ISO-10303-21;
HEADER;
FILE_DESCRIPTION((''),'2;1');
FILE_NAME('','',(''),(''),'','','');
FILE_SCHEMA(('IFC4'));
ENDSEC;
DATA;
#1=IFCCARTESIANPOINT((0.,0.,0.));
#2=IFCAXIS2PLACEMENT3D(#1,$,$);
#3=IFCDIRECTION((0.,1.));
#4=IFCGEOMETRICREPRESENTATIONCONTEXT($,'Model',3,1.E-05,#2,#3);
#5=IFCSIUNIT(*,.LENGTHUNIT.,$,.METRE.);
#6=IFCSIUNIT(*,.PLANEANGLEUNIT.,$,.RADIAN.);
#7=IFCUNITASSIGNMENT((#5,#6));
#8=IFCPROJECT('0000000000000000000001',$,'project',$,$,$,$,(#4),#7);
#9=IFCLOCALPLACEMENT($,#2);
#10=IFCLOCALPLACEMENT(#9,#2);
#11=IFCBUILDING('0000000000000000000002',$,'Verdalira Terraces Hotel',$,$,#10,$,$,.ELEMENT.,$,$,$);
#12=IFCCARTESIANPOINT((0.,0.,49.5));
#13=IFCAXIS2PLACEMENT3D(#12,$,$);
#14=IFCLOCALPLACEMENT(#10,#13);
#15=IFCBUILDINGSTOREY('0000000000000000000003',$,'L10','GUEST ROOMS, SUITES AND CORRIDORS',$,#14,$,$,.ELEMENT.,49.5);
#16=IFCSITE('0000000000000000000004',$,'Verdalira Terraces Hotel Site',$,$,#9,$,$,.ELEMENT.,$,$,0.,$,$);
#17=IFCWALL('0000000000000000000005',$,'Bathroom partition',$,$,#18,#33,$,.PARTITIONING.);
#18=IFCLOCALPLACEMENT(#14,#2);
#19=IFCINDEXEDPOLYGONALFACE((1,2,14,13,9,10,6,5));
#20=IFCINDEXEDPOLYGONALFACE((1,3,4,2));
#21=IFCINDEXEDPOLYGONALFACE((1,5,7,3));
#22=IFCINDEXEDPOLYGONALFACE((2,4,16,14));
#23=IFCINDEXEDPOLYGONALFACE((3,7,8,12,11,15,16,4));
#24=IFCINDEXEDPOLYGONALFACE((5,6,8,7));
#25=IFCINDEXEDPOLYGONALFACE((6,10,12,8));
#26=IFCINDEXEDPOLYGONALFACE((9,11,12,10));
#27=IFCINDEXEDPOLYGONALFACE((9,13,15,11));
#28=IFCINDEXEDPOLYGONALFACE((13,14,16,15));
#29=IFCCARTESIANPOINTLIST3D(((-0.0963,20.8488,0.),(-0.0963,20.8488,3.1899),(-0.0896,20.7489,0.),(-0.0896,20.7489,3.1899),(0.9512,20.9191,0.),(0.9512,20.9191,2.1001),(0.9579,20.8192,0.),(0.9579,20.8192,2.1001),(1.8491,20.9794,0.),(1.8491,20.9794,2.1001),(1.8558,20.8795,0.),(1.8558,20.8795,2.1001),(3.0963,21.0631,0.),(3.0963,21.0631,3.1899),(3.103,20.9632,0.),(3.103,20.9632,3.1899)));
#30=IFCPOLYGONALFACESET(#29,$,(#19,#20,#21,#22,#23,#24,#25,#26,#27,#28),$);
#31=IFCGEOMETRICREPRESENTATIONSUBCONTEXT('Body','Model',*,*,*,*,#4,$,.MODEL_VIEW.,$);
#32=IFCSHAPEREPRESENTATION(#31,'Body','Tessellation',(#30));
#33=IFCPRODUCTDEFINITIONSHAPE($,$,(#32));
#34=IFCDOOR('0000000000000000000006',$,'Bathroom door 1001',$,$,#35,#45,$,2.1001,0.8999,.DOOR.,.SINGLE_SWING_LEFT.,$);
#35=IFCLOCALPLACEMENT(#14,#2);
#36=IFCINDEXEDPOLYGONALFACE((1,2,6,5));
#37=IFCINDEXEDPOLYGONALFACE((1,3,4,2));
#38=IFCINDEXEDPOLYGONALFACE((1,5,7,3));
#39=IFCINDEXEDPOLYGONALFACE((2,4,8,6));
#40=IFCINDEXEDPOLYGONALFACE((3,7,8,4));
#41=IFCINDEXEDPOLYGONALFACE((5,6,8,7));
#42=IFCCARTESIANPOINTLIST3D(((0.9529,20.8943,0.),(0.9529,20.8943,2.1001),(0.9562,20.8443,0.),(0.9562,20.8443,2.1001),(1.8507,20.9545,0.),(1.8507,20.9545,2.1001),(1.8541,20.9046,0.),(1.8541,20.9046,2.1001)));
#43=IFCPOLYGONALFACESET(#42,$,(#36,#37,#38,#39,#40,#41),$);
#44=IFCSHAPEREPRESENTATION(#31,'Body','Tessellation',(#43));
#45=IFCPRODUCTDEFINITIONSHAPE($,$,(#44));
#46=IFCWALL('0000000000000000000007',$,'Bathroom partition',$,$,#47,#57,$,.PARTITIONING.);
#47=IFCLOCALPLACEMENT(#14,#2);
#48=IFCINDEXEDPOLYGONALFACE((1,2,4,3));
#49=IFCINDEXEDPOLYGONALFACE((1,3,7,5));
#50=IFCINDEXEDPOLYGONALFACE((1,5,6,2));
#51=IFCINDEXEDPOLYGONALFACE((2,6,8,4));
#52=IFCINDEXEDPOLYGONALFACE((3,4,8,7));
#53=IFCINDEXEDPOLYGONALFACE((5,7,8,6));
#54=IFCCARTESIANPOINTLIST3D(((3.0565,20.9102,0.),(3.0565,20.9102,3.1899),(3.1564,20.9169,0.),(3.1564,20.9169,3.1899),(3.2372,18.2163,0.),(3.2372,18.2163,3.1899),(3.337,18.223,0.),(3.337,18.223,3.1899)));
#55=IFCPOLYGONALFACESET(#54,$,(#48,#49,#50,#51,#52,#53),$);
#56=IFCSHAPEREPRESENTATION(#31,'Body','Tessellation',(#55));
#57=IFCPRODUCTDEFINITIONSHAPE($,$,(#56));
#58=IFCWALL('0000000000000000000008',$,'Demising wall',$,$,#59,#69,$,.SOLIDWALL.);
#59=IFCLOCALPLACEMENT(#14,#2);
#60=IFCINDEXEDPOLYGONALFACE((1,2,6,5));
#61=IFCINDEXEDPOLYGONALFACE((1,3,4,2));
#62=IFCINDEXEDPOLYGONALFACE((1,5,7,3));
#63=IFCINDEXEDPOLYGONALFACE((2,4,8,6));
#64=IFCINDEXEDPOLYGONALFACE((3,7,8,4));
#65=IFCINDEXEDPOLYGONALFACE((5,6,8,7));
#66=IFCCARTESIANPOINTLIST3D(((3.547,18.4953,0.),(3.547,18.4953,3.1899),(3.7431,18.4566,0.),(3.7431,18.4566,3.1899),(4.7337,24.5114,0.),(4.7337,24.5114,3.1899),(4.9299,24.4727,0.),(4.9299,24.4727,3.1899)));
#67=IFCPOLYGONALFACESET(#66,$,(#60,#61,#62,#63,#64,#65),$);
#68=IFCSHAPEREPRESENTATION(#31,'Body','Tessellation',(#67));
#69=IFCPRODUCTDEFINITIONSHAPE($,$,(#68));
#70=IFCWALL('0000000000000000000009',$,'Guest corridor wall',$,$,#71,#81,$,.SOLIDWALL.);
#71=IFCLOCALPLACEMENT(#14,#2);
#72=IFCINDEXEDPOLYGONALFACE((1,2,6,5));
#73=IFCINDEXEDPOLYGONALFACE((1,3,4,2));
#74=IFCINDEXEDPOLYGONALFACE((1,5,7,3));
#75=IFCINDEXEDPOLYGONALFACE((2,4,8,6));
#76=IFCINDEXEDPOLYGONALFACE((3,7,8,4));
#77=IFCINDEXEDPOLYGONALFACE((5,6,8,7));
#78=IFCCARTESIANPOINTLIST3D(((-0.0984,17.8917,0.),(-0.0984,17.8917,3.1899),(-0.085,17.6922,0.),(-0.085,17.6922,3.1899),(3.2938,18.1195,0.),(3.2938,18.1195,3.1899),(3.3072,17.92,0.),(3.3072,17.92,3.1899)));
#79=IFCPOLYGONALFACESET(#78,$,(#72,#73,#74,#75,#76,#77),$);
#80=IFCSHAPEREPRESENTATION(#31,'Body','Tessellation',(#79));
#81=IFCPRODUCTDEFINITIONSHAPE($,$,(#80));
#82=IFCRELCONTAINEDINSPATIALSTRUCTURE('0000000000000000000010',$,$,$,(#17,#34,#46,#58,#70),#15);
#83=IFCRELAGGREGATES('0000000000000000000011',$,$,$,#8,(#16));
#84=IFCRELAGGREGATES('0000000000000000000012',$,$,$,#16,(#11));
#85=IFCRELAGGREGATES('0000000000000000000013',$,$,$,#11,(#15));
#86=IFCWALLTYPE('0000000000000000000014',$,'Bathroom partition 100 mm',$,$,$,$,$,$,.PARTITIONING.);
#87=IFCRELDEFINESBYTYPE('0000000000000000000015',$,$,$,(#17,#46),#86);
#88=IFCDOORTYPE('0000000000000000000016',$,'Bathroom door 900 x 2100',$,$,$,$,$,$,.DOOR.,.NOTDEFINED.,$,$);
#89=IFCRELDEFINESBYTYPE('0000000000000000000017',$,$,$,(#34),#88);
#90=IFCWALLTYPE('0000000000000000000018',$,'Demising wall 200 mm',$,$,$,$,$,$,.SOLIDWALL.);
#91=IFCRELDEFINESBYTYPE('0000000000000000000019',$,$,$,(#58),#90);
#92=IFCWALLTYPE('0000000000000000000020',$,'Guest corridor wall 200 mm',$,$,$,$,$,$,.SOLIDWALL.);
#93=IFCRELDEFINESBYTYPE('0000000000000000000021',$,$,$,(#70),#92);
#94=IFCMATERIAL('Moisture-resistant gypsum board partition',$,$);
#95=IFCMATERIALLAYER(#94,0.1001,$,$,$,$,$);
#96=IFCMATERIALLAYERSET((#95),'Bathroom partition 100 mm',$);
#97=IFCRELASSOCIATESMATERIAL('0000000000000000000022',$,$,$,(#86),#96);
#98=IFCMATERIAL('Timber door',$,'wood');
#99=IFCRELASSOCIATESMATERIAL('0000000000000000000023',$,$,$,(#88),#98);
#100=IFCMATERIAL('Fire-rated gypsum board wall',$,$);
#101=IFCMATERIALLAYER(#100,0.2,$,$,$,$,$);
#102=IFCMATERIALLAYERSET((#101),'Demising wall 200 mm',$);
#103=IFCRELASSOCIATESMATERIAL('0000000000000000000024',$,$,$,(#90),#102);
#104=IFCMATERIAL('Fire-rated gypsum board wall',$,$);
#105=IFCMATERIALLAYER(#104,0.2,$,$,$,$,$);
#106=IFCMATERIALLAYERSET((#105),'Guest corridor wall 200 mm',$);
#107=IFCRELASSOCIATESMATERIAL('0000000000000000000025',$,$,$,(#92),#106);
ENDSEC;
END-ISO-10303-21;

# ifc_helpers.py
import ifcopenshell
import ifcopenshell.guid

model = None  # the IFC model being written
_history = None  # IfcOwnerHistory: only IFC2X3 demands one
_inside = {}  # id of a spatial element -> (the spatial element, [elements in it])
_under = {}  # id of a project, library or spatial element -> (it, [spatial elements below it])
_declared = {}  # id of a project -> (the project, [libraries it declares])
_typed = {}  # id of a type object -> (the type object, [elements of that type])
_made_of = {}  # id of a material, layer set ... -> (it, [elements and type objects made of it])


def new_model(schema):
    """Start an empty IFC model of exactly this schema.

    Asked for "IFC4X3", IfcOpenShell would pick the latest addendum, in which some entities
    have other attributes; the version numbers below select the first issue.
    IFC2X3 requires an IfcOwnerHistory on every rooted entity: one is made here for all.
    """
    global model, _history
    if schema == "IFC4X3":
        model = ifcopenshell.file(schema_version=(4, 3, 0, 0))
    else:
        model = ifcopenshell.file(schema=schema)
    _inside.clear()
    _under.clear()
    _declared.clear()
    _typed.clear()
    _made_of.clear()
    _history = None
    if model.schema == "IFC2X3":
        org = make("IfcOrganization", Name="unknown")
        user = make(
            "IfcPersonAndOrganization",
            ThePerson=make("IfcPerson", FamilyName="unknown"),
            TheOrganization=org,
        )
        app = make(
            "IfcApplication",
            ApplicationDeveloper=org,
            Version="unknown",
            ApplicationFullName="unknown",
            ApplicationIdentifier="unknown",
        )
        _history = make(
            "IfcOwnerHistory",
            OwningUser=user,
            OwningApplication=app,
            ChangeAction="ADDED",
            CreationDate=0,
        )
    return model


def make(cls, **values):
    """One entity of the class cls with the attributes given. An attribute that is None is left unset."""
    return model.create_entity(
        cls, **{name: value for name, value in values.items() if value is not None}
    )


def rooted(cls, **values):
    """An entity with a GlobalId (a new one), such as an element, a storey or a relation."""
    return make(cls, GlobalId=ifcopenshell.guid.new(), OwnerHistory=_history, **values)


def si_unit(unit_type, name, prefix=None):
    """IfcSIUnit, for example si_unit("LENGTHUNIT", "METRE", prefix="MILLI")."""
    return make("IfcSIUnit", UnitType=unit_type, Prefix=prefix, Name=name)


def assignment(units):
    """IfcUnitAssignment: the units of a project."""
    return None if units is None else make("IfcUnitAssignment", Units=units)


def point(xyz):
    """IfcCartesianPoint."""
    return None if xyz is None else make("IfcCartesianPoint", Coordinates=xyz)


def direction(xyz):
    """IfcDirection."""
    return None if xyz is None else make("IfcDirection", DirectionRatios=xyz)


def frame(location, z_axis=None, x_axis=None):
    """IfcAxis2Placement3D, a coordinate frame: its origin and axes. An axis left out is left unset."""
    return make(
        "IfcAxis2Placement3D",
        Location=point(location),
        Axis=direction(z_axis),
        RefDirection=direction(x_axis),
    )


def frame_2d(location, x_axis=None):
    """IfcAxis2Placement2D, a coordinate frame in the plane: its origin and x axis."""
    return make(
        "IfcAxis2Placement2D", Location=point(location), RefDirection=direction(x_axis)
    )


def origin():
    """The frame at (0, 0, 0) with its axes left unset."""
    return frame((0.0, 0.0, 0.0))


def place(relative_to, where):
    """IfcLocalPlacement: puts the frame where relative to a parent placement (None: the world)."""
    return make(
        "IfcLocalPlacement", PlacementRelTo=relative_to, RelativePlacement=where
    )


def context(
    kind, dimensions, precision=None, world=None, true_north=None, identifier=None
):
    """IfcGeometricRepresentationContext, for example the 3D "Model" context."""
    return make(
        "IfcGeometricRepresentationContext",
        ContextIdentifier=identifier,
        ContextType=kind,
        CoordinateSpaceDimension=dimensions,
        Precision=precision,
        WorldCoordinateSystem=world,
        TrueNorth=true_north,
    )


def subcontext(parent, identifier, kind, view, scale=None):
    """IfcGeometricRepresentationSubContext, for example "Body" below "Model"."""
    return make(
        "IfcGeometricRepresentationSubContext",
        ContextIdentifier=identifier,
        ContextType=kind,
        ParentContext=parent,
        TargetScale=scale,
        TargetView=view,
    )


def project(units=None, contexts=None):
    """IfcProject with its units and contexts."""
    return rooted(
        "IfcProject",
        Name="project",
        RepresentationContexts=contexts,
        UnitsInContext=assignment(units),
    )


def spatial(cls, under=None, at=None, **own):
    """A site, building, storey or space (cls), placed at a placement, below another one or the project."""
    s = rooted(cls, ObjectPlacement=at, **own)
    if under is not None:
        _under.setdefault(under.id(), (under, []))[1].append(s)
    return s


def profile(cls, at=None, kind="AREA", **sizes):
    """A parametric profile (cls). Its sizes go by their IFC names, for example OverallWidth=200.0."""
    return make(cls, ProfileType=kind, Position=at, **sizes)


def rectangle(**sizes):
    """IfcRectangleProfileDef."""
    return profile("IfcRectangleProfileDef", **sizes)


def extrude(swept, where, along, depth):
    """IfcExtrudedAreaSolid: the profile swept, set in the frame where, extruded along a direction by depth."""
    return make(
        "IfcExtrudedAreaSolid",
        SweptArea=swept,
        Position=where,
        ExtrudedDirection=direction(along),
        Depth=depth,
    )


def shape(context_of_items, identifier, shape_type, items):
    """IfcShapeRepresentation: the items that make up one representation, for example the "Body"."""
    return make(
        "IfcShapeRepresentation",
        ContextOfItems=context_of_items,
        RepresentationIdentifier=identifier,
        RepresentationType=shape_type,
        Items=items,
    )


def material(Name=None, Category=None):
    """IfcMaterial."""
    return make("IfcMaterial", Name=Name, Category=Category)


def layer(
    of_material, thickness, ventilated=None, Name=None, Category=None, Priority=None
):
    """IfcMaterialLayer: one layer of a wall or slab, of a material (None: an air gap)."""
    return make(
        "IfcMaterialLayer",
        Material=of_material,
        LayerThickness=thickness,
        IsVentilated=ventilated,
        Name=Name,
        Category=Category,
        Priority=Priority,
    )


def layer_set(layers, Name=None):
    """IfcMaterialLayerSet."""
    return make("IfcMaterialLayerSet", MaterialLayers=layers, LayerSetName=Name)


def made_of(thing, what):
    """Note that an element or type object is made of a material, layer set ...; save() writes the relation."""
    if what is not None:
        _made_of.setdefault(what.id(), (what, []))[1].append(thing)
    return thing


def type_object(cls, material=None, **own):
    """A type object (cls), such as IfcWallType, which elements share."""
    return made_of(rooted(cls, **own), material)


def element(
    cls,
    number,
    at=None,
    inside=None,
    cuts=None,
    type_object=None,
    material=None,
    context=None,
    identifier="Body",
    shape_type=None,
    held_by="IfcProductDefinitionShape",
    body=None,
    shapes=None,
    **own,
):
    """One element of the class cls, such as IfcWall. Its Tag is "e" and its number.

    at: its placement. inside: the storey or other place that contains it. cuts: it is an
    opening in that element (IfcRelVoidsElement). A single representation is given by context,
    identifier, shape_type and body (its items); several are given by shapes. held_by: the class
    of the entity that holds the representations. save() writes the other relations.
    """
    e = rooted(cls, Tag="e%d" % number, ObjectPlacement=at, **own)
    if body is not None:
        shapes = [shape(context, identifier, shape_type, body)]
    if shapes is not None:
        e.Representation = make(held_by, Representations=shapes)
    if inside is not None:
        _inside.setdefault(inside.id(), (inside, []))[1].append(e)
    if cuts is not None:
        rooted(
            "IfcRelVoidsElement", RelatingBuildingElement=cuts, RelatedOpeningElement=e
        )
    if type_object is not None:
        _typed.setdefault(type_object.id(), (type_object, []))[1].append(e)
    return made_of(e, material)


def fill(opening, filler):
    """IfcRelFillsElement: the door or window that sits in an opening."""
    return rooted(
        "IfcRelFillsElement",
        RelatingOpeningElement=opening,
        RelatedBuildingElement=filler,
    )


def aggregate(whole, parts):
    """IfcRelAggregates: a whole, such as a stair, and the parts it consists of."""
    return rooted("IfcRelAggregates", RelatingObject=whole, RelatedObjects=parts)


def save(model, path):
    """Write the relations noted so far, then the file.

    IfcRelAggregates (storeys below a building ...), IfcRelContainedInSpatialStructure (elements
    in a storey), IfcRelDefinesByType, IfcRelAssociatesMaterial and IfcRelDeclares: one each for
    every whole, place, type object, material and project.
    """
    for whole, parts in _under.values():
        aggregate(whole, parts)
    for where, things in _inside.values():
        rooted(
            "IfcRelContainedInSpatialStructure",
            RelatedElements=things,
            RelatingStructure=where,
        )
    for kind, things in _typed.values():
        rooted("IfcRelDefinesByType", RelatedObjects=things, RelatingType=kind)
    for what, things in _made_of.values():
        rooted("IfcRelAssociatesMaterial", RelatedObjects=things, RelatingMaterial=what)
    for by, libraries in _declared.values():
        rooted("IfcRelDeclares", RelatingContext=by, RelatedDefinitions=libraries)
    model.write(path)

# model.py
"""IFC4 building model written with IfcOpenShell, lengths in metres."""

from ifc_helpers import new_model, si_unit, direction, frame, frame_2d, origin, place, context, subcontext, project, spatial, rectangle, extrude, material, layer, layer_set, type_object, element, fill, save


model = new_model("IFC4")

# Units and contexts
model_context = context("Model", 3, precision=1e-05, world=origin(), true_north=direction((0.0, 1.0)))
body_context = subcontext(model_context, "Body", "Model", "MODEL_VIEW")
ifc_project = project(units=[si_unit("LENGTHUNIT", "METRE"), si_unit("PLANEANGLEUNIT", "RADIAN")], contexts=[model_context])

# Site, building, storey
site_placement = place(None, origin())
site = spatial("IfcSite", under=ifc_project, at=site_placement, Name="Verdalira Terraces Hotel Site", CompositionType="ELEMENT", RefElevation=0.0)
building_placement = place(site_placement, origin())
building = spatial("IfcBuilding", under=site, at=building_placement, Name="Verdalira Terraces Hotel", CompositionType="ELEMENT")
storey_placement = place(building_placement, frame((0.0, 0.0, 49.5)))
storey = spatial("IfcBuildingStorey", under=building, at=storey_placement, Name="L10", Description="GUEST ROOMS, SUITES AND CORRIDORS", CompositionType="ELEMENT", Elevation=49.5)

# Wall, opening, door
ifc_material_1 = material(Name="Moisture-resistant gypsum board partition")
ifc_layer_1 = layer(ifc_material_1, 0.1001)
ifc_layer_set_1 = layer_set([ifc_layer_1], Name="Bathroom partition 100 mm")
wall_type_1 = type_object("IfcWallType", Name="Bathroom partition 100 mm", PredefinedType="PARTITIONING", material=ifc_layer_set_1)
wall_1_placement = place(storey_placement, frame((3.0996, 21.0132, 0.0), z_axis=(0.0, 0.0, 1.0), x_axis=(-0.997754, -0.06699, 0.0)))
wall_1 = element("IfcWall", 1, at=wall_1_placement, inside=storey, type_object=wall_type_1, Name="Bathroom partition", PredefinedType="PARTITIONING", context=body_context, shape_type="SweptSolid", body=[
    extrude(rectangle(XDim=3.1997, YDim=0.1001, at=frame_2d((1.5999, 0.0))), origin(), (0.0, 0.0, 1.0), 3.1899),
])
opening_1_placement = place(wall_1_placement, frame((1.25, 0.0, 0.0)))
opening_1 = element("IfcOpeningElement", 2, at=opening_1_placement, cuts=wall_1, PredefinedType="OPENING", context=body_context, shape_type="SweptSolid", body=[
    extrude(rectangle(XDim=0.8999, YDim=2.1001, at=frame_2d((0.45, 1.05))), frame((0.0, 0.0601, 0.0), z_axis=(0.0, -1.0, 0.0), x_axis=(1.0, 0.0, 0.0)), (0.0, 0.0, 1.0), 0.1201),
])
ifc_material_2 = material(Name="Timber door", Category="wood")
door_type_1 = type_object("IfcDoorType", Name="Bathroom door 900 x 2100", OperationType="NOTDEFINED", PredefinedType="DOOR", material=ifc_material_2)
door_1_placement = place(opening_1_placement, origin())
door_1 = element("IfcDoor", 3, at=door_1_placement, inside=storey, type_object=door_type_1, Name="Bathroom door 1001", OperationType="SINGLE_SWING_LEFT", OverallHeight=2.1001, OverallWidth=0.8999, PredefinedType="DOOR", context=body_context, shape_type="SweptSolid", body=[
    extrude(rectangle(XDim=0.8999, YDim=2.1001, at=frame_2d((0.45, 1.05))), frame((0.0, 0.0249, 0.0), z_axis=(0.0, -1.0, 0.0), x_axis=(1.0, 0.0, 0.0)), (0.0, 0.0, 1.0), 0.05),
])
fill(opening_1, door_1)

# Walls
wall_2_placement = place(storey_placement, frame((3.2871, 18.2195, 0.0), z_axis=(0.0, 0.0, 1.0), x_axis=(-0.066915, 0.997759, 0.0)))
element("IfcWall", 4, at=wall_2_placement, inside=storey, type_object=wall_type_1, Name="Bathroom partition", PredefinedType="PARTITIONING", context=body_context, shape_type="SweptSolid", body=[
    extrude(rectangle(XDim=2.7, YDim=0.1001, at=frame_2d((1.3501, 0.0))), origin(), (0.0, 0.0, 1.0), 3.1899),
])
ifc_material_3 = material(Name="Fire-rated gypsum board wall")
ifc_layer_2 = layer(ifc_material_3, 0.2)
ifc_layer_set_2 = layer_set([ifc_layer_2], Name="Demising wall 200 mm")
wall_type_2 = type_object("IfcWallType", Name="Demising wall 200 mm", PredefinedType="SOLIDWALL", material=ifc_layer_set_2)
wall_3_placement = place(storey_placement, frame((4.8318, 24.4919, 0.0), z_axis=(0.0, 0.0, 1.0), x_axis=(-0.193535, -0.981093, 0.0)))
element("IfcWall", 5, at=wall_3_placement, inside=storey, type_object=wall_type_2, Name="Demising wall", PredefinedType="SOLIDWALL", context=body_context, shape_type="SweptSolid", body=[
    extrude(rectangle(XDim=6.1321, YDim=0.2, at=frame_2d((3.0659, 0.0))), origin(), (0.0, 0.0, 1.0), 3.1899),
])
ifc_material_4 = material(Name="Fire-rated gypsum board wall")
ifc_layer_3 = layer(ifc_material_4, 0.2)
ifc_layer_set_3 = layer_set([ifc_layer_3], Name="Guest corridor wall 200 mm")
wall_type_3 = type_object("IfcWallType", Name="Guest corridor wall 200 mm", PredefinedType="SOLIDWALL", material=ifc_layer_set_3)
wall_4_placement = place(storey_placement, frame((3.3005, 18.0198, 0.0), z_axis=(0.0, 0.0, 1.0), x_axis=(-0.997753, -0.066996, 0.0)))
element("IfcWall", 6, at=wall_4_placement, inside=storey, type_object=wall_type_3, Name="Guest corridor wall", PredefinedType="SOLIDWALL", context=body_context, shape_type="SweptSolid", body=[
    extrude(rectangle(XDim=3.3999, YDim=0.2, at=frame_2d((1.7, 0.0))), origin(), (0.0, 0.0, 1.0), 3.1899),
])

save(model, "model.ifc")
